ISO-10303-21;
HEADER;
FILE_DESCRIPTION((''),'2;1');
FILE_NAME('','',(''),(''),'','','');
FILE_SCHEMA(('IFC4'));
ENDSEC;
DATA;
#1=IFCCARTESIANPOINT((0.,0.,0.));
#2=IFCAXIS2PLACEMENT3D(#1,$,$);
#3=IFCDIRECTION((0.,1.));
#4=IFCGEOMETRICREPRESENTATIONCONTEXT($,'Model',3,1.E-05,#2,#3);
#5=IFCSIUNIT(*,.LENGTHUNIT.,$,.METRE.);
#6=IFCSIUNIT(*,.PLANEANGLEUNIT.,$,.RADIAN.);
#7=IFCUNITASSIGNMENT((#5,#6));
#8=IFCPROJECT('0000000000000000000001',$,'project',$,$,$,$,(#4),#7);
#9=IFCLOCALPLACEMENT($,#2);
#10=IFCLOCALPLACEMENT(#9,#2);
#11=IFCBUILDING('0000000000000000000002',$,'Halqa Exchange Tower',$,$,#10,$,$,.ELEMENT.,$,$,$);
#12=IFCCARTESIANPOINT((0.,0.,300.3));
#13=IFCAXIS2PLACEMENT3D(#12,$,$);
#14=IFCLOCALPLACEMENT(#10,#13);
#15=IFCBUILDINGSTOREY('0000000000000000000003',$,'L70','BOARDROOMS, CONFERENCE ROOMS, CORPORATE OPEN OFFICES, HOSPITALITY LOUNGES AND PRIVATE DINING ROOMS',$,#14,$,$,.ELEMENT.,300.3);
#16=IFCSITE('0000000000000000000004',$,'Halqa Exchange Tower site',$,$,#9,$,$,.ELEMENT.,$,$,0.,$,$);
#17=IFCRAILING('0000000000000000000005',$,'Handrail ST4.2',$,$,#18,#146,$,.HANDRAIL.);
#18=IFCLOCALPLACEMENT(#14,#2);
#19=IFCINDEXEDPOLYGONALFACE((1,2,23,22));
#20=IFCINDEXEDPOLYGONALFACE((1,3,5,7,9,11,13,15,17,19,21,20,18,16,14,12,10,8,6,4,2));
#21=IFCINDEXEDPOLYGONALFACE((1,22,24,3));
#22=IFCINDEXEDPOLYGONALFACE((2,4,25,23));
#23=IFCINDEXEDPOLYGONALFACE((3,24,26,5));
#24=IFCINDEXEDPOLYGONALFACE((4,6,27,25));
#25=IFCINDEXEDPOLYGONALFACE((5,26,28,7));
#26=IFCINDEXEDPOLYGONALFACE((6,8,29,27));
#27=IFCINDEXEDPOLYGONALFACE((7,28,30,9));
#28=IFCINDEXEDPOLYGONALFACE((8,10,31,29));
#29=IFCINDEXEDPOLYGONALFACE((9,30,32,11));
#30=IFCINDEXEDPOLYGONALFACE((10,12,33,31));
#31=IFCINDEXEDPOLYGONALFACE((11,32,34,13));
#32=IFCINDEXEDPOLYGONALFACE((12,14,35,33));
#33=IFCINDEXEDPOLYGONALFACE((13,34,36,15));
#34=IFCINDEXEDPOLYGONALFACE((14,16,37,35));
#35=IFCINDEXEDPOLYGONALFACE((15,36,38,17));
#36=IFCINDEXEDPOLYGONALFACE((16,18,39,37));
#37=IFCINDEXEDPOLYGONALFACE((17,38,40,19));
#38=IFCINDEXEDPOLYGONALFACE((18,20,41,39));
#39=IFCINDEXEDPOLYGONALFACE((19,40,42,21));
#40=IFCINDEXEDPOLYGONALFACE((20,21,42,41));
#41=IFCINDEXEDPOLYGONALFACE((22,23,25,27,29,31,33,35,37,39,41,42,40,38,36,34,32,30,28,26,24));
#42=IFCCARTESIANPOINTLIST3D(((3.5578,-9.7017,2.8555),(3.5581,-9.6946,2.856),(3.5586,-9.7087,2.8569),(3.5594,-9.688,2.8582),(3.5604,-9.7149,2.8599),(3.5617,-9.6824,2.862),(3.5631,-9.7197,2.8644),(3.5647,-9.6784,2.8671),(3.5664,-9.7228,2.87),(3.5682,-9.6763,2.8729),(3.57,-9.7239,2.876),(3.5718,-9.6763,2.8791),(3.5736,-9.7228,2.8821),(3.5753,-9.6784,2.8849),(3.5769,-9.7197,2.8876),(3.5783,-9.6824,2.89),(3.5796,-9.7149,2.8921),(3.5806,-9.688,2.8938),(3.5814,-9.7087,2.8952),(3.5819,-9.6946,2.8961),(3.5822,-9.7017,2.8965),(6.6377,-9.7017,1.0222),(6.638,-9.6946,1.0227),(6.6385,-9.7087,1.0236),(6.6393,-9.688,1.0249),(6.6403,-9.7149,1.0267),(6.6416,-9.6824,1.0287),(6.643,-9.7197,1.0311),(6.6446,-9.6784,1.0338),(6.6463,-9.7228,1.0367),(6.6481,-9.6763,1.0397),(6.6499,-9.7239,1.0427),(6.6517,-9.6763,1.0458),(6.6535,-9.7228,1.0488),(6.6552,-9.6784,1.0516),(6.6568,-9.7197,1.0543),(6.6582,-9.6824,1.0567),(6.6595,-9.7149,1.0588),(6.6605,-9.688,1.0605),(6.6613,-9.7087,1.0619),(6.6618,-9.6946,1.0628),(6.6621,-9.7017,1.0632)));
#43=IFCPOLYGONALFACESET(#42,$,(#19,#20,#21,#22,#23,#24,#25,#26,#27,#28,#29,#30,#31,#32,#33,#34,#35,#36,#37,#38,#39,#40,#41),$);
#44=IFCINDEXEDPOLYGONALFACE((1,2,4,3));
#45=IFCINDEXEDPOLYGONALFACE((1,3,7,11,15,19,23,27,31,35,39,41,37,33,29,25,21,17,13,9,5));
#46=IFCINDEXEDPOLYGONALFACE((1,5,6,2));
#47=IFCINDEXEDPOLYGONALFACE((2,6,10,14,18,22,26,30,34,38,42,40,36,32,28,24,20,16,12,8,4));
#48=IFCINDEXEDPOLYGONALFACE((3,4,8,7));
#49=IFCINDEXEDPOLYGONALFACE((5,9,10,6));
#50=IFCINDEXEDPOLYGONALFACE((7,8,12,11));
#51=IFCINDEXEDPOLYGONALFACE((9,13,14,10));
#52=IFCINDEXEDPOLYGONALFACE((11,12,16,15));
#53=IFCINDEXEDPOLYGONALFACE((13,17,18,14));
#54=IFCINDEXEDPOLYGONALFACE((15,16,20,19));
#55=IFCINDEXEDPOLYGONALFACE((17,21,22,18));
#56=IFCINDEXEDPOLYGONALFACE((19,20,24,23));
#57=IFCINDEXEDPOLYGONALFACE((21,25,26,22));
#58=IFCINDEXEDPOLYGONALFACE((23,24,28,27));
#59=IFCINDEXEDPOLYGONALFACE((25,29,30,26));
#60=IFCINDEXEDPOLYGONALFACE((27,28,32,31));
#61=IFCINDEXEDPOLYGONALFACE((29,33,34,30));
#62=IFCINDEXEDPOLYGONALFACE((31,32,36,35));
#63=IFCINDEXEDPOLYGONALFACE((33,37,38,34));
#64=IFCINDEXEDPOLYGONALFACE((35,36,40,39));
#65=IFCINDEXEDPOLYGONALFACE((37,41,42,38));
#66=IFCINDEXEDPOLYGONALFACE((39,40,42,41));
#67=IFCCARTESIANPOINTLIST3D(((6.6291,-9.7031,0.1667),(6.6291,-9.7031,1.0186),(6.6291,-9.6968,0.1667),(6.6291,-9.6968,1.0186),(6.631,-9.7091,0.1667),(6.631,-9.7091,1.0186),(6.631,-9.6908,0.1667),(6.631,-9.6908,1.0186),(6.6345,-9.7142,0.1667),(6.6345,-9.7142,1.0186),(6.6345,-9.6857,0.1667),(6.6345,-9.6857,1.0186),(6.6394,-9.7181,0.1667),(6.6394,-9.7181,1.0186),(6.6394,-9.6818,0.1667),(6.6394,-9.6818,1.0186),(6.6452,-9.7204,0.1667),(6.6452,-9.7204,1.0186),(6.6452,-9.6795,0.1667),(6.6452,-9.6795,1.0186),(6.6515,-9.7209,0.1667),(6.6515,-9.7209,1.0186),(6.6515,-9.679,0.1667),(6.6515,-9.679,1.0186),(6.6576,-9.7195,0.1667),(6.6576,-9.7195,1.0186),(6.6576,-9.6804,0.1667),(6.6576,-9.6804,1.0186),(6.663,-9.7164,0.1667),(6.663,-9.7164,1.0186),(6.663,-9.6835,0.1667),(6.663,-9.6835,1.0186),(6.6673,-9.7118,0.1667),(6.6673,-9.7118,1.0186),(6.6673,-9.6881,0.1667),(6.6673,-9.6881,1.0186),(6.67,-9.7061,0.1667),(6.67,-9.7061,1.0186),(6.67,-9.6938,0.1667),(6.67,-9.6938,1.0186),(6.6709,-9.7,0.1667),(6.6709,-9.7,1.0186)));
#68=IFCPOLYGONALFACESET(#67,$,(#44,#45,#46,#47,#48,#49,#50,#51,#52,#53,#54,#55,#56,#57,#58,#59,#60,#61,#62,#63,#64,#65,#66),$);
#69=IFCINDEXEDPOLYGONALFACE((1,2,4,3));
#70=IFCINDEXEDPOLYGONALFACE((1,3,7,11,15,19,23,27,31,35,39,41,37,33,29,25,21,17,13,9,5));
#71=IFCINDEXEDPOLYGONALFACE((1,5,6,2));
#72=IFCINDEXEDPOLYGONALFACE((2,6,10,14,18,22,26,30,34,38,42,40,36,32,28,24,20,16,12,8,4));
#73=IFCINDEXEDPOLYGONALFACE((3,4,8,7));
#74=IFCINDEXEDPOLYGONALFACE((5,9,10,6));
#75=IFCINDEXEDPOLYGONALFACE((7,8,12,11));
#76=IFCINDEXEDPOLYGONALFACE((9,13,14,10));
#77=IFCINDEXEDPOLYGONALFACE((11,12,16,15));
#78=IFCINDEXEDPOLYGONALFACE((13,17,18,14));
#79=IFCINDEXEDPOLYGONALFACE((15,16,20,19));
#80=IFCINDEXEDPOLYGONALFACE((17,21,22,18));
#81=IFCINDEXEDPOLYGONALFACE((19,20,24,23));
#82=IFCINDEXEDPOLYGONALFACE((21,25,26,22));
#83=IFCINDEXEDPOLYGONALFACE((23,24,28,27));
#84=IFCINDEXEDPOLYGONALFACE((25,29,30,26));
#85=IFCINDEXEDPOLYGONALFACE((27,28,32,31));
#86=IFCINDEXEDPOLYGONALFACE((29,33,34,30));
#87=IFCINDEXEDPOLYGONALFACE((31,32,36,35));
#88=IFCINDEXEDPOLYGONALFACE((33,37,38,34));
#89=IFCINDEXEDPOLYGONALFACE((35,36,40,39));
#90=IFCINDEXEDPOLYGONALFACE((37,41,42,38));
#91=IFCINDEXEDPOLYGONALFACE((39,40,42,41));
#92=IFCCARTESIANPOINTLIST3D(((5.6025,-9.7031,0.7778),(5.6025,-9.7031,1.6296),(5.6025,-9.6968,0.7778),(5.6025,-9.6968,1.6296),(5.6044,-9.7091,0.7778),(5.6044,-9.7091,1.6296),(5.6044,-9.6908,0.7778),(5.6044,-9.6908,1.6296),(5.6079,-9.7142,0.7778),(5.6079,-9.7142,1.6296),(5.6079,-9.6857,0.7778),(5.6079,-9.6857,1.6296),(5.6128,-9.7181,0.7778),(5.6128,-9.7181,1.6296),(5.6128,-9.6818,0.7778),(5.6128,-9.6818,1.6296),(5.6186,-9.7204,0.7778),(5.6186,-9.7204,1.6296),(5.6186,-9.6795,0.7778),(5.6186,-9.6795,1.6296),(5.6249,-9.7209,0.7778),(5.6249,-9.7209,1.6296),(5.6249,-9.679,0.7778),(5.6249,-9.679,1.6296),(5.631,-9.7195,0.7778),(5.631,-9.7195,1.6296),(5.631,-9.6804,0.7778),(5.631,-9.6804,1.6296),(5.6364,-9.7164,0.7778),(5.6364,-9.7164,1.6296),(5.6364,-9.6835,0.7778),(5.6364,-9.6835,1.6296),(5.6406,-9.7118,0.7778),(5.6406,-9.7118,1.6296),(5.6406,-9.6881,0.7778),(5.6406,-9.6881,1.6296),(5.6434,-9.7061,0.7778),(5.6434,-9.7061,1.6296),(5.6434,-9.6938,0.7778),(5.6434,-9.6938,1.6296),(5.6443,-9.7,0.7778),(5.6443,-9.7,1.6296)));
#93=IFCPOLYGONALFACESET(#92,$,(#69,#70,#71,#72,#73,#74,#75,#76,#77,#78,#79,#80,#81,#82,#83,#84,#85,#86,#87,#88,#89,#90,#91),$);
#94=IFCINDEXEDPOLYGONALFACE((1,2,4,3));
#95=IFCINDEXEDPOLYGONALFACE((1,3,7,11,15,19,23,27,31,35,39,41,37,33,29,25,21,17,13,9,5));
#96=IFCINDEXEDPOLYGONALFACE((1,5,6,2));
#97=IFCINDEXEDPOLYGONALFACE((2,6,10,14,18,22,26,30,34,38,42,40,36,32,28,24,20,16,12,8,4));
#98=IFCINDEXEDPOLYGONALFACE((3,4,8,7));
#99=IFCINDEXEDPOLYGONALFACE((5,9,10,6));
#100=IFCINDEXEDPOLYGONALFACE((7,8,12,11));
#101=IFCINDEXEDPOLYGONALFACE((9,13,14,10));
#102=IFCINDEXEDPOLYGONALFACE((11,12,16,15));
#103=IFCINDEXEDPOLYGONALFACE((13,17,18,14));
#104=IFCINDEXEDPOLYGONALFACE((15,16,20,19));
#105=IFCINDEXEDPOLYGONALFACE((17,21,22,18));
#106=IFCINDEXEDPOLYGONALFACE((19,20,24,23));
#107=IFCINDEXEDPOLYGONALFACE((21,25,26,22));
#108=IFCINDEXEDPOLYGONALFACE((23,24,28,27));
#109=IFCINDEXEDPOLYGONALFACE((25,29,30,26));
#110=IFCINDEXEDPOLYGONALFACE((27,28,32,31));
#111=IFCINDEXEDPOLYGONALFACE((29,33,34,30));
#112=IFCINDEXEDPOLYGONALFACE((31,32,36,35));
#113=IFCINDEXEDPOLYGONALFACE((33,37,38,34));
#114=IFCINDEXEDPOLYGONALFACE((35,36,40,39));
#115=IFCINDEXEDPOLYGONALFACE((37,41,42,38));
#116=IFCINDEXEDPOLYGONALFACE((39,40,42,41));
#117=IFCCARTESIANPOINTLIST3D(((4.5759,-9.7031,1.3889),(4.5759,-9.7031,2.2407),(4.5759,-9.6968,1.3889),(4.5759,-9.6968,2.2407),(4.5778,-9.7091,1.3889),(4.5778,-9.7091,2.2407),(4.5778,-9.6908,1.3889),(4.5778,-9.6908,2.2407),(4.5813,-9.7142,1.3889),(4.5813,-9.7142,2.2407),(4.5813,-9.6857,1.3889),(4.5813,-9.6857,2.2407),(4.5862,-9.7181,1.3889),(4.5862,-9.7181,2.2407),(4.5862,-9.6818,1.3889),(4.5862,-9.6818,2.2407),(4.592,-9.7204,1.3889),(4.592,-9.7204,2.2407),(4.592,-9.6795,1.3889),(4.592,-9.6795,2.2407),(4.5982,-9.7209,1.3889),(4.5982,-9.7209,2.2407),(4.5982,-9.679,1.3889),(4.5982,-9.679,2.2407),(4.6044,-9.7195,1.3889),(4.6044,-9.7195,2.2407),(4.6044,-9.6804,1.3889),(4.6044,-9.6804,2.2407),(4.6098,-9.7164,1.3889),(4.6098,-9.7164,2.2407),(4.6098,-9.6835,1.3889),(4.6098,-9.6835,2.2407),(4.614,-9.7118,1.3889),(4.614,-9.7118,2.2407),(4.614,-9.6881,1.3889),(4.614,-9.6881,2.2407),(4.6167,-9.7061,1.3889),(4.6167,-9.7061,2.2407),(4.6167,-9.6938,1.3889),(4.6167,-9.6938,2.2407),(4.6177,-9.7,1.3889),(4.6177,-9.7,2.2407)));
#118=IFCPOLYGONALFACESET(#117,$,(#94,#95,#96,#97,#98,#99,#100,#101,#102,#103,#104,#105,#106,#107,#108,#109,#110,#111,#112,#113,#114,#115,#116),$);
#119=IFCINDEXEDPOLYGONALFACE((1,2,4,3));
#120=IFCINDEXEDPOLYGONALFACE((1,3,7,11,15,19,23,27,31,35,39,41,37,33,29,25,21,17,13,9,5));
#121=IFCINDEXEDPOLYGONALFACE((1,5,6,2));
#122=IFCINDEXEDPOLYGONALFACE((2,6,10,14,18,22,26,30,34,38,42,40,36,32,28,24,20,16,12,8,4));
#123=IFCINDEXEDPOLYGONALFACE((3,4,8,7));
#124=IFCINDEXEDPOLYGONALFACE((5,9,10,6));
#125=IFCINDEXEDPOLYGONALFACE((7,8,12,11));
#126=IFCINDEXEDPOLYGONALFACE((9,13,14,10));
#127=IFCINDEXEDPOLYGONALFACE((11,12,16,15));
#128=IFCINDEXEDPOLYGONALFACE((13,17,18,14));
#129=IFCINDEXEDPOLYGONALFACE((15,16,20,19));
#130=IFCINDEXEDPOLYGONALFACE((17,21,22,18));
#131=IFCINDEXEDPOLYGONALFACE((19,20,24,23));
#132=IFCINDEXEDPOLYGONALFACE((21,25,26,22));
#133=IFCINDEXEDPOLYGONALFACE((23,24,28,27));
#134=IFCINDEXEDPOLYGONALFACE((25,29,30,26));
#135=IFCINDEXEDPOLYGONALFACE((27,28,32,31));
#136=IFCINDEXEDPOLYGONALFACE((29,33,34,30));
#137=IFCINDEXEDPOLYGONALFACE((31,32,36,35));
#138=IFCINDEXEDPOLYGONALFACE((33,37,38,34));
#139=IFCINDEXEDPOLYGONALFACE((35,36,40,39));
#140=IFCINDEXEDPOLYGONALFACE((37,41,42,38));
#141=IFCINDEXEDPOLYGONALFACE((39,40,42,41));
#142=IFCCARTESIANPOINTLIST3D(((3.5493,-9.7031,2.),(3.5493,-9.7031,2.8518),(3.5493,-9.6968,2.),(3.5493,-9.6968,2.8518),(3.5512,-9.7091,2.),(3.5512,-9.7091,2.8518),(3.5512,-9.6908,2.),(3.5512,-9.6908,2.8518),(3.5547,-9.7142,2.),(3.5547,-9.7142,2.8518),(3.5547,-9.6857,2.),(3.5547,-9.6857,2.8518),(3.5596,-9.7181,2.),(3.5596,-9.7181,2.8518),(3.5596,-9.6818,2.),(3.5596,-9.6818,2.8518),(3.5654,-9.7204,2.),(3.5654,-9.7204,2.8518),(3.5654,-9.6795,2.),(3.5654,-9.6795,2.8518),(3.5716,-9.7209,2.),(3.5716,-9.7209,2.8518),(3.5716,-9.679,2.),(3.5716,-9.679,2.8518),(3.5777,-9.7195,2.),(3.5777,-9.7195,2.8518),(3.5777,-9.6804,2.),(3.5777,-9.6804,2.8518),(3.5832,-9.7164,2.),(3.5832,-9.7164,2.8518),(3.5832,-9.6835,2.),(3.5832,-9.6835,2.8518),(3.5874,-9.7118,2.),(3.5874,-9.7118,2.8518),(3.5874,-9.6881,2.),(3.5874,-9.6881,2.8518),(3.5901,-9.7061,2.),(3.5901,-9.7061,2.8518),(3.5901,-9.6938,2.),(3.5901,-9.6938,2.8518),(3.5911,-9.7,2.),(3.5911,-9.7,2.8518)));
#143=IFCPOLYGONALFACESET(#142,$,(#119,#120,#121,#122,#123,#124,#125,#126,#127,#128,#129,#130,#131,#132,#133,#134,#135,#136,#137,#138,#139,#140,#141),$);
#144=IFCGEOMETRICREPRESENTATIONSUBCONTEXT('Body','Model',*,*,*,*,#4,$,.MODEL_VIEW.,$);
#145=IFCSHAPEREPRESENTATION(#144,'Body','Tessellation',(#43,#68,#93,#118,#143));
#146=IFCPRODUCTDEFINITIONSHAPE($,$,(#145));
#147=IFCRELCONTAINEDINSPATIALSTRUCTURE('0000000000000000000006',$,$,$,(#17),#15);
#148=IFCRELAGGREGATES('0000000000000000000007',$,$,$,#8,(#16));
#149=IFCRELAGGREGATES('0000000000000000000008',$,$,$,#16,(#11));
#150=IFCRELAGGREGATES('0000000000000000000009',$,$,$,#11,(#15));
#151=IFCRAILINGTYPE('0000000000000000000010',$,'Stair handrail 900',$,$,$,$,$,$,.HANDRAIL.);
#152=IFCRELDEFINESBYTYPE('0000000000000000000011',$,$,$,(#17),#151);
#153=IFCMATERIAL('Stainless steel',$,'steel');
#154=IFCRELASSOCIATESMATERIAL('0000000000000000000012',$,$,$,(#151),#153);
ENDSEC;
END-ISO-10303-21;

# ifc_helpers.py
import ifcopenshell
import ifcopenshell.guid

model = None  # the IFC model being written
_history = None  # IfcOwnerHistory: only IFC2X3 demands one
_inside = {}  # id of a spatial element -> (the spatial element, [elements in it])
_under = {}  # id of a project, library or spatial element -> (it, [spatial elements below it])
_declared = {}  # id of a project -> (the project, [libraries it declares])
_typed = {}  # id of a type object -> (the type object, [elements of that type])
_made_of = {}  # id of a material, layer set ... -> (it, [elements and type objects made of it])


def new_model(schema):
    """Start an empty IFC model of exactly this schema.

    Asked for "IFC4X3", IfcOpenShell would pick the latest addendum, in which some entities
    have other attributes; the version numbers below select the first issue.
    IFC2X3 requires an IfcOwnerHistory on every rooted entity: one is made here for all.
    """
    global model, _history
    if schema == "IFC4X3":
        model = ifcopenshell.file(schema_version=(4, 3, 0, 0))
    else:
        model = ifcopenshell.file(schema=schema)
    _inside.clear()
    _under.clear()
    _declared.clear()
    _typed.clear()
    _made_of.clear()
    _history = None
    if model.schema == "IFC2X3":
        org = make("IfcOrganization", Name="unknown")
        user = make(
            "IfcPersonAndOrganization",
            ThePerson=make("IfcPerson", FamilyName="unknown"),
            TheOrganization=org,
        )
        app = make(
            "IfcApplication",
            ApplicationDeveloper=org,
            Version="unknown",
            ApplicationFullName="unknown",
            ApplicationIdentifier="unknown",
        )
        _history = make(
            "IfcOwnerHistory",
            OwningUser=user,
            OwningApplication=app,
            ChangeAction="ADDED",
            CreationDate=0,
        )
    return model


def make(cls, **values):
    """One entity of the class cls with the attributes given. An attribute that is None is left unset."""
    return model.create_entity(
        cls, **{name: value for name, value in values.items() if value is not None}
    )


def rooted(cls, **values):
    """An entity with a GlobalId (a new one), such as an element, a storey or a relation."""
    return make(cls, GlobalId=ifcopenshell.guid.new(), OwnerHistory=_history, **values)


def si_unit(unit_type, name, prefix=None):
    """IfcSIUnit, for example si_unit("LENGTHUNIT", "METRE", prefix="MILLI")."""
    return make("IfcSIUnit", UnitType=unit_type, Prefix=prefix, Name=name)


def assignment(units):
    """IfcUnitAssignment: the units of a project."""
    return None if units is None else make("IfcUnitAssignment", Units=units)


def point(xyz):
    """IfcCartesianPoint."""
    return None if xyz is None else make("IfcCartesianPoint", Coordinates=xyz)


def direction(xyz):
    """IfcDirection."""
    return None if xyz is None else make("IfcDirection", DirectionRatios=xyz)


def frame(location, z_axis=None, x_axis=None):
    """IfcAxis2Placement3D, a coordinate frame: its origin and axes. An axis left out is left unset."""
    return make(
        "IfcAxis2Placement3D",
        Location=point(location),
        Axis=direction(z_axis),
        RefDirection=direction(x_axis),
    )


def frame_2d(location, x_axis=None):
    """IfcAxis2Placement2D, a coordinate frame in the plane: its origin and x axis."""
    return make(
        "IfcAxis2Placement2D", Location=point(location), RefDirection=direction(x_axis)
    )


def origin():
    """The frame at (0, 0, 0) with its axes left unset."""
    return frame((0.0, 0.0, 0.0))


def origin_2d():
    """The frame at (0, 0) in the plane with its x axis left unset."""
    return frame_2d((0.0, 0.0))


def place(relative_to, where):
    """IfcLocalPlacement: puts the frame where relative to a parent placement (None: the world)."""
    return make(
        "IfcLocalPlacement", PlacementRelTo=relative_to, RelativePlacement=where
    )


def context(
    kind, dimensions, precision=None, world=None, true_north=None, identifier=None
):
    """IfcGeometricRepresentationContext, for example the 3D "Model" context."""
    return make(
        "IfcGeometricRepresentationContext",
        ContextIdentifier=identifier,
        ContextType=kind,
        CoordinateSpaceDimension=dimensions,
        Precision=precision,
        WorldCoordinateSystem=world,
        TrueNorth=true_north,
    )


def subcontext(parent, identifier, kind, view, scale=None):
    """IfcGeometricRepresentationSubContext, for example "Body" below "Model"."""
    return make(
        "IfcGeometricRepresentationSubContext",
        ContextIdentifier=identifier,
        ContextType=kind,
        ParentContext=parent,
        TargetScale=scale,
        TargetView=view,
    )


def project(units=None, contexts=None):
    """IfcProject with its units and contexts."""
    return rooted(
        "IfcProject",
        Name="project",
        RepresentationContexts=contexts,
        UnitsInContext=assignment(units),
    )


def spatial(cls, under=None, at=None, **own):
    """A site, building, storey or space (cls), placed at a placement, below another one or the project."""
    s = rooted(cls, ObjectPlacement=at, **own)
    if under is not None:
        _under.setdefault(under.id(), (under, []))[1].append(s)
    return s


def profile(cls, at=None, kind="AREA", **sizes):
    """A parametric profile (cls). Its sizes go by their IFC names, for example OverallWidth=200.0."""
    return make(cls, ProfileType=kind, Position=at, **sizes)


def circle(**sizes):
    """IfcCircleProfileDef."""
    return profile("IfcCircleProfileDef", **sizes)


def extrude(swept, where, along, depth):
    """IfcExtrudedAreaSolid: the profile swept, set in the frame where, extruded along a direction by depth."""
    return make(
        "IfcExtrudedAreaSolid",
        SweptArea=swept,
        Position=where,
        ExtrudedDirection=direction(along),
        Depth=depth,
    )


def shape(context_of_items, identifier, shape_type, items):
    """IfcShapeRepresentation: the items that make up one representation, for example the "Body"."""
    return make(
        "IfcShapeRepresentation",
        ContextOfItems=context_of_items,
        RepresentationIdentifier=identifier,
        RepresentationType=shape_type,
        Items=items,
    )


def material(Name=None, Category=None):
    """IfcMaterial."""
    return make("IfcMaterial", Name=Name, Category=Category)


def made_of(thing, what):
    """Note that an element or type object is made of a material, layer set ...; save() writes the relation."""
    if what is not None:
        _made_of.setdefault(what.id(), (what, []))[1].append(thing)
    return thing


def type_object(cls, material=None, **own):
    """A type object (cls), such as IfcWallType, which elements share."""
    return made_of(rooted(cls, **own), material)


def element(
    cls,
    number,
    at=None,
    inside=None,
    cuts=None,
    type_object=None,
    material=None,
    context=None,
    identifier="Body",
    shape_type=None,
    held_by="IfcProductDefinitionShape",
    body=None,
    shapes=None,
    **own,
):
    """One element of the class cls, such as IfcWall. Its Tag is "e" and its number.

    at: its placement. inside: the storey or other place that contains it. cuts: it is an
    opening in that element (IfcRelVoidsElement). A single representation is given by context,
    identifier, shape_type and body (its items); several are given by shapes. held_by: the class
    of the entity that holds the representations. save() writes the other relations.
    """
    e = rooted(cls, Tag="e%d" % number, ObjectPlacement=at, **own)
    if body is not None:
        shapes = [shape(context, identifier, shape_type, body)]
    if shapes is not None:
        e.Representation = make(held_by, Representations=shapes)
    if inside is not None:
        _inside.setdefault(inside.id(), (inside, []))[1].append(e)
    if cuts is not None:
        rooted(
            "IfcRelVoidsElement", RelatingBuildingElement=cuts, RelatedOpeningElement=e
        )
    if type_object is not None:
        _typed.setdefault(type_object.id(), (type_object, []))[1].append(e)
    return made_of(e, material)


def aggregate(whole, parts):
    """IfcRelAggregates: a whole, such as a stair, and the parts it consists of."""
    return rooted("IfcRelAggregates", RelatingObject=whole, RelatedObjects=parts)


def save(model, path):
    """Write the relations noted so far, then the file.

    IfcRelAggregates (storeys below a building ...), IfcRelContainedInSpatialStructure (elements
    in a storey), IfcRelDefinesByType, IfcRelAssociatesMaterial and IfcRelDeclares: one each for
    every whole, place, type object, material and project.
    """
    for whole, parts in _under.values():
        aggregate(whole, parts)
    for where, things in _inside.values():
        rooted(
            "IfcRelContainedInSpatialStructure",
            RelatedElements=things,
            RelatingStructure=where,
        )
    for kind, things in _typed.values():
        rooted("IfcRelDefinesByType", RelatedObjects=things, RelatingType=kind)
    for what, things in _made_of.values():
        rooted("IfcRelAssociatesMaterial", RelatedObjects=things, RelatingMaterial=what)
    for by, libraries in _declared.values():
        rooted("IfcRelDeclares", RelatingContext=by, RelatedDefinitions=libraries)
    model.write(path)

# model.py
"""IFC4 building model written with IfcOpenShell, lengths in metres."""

from ifc_helpers import new_model, si_unit, direction, frame, origin, origin_2d, place, context, subcontext, project, spatial, circle, extrude, material, type_object, element, save


model = new_model("IFC4")

# Units and contexts
model_context = context("Model", 3, precision=1e-05, world=origin(), true_north=direction((0.0, 1.0)))
body_context = subcontext(model_context, "Body", "Model", "MODEL_VIEW")
ifc_project = project(units=[si_unit("LENGTHUNIT", "METRE"), si_unit("PLANEANGLEUNIT", "RADIAN")], contexts=[model_context])

# Site, building, storey
site_placement = place(None, origin())
site = spatial("IfcSite", under=ifc_project, at=site_placement, Name="Halqa Exchange Tower site", CompositionType="ELEMENT", RefElevation=0.0)
building_placement = place(site_placement, origin())
building = spatial("IfcBuilding", under=site, at=building_placement, Name="Halqa Exchange Tower", CompositionType="ELEMENT")
storey_placement = place(building_placement, frame((0.0, 0.0, 300.3)))
storey = spatial("IfcBuildingStorey", under=building, at=storey_placement, Name="L70", Description="BOARDROOMS, CONFERENCE ROOMS, CORPORATE OPEN OFFICES, HOSPITALITY LOUNGES AND PRIVATE DINING ROOMS", CompositionType="ELEMENT", Elevation=300.3)

# Railing
ifc_material_1 = material(Name="Stainless steel", Category="steel")
railing_type_1 = type_object("IfcRailingType", Name="Stair handrail 900", PredefinedType="HANDRAIL", material=ifc_material_1)
railing_1_placement = place(storey_placement, frame((6.6499, -9.7, 0.1667)))
element("IfcRailing", 1, at=railing_1_placement, inside=storey, type_object=railing_type_1, Name="Handrail ST4.2", PredefinedType="HANDRAIL", context=body_context, shape_type="SweptSolid", body=[
    extrude(circle(Radius=0.0239, at=origin_2d()), frame((0.0, 0.0, 0.876), z_axis=(-0.859291, 0.0, 0.511487), x_axis=(0.0, -1.0, 0.0)), (0.0, 0.0, 1.0), 3.5842),
    extrude(circle(Radius=0.021, at=origin_2d()), origin(), (0.0, 0.0, 1.0), 0.8518),
    extrude(circle(Radius=0.021, at=origin_2d()), frame((-1.0266, 0.0, 0.6111)), (0.0, 0.0, 1.0), 0.8518),
    extrude(circle(Radius=0.021, at=origin_2d()), frame((-2.0532, 0.0, 1.2222)), (0.0, 0.0, 1.0), 0.8518),
    extrude(circle(Radius=0.021, at=origin_2d()), frame((-3.0798, 0.0, 1.8333)), (0.0, 0.0, 1.0), 0.8518),
])

save(model, "model.ifc")
